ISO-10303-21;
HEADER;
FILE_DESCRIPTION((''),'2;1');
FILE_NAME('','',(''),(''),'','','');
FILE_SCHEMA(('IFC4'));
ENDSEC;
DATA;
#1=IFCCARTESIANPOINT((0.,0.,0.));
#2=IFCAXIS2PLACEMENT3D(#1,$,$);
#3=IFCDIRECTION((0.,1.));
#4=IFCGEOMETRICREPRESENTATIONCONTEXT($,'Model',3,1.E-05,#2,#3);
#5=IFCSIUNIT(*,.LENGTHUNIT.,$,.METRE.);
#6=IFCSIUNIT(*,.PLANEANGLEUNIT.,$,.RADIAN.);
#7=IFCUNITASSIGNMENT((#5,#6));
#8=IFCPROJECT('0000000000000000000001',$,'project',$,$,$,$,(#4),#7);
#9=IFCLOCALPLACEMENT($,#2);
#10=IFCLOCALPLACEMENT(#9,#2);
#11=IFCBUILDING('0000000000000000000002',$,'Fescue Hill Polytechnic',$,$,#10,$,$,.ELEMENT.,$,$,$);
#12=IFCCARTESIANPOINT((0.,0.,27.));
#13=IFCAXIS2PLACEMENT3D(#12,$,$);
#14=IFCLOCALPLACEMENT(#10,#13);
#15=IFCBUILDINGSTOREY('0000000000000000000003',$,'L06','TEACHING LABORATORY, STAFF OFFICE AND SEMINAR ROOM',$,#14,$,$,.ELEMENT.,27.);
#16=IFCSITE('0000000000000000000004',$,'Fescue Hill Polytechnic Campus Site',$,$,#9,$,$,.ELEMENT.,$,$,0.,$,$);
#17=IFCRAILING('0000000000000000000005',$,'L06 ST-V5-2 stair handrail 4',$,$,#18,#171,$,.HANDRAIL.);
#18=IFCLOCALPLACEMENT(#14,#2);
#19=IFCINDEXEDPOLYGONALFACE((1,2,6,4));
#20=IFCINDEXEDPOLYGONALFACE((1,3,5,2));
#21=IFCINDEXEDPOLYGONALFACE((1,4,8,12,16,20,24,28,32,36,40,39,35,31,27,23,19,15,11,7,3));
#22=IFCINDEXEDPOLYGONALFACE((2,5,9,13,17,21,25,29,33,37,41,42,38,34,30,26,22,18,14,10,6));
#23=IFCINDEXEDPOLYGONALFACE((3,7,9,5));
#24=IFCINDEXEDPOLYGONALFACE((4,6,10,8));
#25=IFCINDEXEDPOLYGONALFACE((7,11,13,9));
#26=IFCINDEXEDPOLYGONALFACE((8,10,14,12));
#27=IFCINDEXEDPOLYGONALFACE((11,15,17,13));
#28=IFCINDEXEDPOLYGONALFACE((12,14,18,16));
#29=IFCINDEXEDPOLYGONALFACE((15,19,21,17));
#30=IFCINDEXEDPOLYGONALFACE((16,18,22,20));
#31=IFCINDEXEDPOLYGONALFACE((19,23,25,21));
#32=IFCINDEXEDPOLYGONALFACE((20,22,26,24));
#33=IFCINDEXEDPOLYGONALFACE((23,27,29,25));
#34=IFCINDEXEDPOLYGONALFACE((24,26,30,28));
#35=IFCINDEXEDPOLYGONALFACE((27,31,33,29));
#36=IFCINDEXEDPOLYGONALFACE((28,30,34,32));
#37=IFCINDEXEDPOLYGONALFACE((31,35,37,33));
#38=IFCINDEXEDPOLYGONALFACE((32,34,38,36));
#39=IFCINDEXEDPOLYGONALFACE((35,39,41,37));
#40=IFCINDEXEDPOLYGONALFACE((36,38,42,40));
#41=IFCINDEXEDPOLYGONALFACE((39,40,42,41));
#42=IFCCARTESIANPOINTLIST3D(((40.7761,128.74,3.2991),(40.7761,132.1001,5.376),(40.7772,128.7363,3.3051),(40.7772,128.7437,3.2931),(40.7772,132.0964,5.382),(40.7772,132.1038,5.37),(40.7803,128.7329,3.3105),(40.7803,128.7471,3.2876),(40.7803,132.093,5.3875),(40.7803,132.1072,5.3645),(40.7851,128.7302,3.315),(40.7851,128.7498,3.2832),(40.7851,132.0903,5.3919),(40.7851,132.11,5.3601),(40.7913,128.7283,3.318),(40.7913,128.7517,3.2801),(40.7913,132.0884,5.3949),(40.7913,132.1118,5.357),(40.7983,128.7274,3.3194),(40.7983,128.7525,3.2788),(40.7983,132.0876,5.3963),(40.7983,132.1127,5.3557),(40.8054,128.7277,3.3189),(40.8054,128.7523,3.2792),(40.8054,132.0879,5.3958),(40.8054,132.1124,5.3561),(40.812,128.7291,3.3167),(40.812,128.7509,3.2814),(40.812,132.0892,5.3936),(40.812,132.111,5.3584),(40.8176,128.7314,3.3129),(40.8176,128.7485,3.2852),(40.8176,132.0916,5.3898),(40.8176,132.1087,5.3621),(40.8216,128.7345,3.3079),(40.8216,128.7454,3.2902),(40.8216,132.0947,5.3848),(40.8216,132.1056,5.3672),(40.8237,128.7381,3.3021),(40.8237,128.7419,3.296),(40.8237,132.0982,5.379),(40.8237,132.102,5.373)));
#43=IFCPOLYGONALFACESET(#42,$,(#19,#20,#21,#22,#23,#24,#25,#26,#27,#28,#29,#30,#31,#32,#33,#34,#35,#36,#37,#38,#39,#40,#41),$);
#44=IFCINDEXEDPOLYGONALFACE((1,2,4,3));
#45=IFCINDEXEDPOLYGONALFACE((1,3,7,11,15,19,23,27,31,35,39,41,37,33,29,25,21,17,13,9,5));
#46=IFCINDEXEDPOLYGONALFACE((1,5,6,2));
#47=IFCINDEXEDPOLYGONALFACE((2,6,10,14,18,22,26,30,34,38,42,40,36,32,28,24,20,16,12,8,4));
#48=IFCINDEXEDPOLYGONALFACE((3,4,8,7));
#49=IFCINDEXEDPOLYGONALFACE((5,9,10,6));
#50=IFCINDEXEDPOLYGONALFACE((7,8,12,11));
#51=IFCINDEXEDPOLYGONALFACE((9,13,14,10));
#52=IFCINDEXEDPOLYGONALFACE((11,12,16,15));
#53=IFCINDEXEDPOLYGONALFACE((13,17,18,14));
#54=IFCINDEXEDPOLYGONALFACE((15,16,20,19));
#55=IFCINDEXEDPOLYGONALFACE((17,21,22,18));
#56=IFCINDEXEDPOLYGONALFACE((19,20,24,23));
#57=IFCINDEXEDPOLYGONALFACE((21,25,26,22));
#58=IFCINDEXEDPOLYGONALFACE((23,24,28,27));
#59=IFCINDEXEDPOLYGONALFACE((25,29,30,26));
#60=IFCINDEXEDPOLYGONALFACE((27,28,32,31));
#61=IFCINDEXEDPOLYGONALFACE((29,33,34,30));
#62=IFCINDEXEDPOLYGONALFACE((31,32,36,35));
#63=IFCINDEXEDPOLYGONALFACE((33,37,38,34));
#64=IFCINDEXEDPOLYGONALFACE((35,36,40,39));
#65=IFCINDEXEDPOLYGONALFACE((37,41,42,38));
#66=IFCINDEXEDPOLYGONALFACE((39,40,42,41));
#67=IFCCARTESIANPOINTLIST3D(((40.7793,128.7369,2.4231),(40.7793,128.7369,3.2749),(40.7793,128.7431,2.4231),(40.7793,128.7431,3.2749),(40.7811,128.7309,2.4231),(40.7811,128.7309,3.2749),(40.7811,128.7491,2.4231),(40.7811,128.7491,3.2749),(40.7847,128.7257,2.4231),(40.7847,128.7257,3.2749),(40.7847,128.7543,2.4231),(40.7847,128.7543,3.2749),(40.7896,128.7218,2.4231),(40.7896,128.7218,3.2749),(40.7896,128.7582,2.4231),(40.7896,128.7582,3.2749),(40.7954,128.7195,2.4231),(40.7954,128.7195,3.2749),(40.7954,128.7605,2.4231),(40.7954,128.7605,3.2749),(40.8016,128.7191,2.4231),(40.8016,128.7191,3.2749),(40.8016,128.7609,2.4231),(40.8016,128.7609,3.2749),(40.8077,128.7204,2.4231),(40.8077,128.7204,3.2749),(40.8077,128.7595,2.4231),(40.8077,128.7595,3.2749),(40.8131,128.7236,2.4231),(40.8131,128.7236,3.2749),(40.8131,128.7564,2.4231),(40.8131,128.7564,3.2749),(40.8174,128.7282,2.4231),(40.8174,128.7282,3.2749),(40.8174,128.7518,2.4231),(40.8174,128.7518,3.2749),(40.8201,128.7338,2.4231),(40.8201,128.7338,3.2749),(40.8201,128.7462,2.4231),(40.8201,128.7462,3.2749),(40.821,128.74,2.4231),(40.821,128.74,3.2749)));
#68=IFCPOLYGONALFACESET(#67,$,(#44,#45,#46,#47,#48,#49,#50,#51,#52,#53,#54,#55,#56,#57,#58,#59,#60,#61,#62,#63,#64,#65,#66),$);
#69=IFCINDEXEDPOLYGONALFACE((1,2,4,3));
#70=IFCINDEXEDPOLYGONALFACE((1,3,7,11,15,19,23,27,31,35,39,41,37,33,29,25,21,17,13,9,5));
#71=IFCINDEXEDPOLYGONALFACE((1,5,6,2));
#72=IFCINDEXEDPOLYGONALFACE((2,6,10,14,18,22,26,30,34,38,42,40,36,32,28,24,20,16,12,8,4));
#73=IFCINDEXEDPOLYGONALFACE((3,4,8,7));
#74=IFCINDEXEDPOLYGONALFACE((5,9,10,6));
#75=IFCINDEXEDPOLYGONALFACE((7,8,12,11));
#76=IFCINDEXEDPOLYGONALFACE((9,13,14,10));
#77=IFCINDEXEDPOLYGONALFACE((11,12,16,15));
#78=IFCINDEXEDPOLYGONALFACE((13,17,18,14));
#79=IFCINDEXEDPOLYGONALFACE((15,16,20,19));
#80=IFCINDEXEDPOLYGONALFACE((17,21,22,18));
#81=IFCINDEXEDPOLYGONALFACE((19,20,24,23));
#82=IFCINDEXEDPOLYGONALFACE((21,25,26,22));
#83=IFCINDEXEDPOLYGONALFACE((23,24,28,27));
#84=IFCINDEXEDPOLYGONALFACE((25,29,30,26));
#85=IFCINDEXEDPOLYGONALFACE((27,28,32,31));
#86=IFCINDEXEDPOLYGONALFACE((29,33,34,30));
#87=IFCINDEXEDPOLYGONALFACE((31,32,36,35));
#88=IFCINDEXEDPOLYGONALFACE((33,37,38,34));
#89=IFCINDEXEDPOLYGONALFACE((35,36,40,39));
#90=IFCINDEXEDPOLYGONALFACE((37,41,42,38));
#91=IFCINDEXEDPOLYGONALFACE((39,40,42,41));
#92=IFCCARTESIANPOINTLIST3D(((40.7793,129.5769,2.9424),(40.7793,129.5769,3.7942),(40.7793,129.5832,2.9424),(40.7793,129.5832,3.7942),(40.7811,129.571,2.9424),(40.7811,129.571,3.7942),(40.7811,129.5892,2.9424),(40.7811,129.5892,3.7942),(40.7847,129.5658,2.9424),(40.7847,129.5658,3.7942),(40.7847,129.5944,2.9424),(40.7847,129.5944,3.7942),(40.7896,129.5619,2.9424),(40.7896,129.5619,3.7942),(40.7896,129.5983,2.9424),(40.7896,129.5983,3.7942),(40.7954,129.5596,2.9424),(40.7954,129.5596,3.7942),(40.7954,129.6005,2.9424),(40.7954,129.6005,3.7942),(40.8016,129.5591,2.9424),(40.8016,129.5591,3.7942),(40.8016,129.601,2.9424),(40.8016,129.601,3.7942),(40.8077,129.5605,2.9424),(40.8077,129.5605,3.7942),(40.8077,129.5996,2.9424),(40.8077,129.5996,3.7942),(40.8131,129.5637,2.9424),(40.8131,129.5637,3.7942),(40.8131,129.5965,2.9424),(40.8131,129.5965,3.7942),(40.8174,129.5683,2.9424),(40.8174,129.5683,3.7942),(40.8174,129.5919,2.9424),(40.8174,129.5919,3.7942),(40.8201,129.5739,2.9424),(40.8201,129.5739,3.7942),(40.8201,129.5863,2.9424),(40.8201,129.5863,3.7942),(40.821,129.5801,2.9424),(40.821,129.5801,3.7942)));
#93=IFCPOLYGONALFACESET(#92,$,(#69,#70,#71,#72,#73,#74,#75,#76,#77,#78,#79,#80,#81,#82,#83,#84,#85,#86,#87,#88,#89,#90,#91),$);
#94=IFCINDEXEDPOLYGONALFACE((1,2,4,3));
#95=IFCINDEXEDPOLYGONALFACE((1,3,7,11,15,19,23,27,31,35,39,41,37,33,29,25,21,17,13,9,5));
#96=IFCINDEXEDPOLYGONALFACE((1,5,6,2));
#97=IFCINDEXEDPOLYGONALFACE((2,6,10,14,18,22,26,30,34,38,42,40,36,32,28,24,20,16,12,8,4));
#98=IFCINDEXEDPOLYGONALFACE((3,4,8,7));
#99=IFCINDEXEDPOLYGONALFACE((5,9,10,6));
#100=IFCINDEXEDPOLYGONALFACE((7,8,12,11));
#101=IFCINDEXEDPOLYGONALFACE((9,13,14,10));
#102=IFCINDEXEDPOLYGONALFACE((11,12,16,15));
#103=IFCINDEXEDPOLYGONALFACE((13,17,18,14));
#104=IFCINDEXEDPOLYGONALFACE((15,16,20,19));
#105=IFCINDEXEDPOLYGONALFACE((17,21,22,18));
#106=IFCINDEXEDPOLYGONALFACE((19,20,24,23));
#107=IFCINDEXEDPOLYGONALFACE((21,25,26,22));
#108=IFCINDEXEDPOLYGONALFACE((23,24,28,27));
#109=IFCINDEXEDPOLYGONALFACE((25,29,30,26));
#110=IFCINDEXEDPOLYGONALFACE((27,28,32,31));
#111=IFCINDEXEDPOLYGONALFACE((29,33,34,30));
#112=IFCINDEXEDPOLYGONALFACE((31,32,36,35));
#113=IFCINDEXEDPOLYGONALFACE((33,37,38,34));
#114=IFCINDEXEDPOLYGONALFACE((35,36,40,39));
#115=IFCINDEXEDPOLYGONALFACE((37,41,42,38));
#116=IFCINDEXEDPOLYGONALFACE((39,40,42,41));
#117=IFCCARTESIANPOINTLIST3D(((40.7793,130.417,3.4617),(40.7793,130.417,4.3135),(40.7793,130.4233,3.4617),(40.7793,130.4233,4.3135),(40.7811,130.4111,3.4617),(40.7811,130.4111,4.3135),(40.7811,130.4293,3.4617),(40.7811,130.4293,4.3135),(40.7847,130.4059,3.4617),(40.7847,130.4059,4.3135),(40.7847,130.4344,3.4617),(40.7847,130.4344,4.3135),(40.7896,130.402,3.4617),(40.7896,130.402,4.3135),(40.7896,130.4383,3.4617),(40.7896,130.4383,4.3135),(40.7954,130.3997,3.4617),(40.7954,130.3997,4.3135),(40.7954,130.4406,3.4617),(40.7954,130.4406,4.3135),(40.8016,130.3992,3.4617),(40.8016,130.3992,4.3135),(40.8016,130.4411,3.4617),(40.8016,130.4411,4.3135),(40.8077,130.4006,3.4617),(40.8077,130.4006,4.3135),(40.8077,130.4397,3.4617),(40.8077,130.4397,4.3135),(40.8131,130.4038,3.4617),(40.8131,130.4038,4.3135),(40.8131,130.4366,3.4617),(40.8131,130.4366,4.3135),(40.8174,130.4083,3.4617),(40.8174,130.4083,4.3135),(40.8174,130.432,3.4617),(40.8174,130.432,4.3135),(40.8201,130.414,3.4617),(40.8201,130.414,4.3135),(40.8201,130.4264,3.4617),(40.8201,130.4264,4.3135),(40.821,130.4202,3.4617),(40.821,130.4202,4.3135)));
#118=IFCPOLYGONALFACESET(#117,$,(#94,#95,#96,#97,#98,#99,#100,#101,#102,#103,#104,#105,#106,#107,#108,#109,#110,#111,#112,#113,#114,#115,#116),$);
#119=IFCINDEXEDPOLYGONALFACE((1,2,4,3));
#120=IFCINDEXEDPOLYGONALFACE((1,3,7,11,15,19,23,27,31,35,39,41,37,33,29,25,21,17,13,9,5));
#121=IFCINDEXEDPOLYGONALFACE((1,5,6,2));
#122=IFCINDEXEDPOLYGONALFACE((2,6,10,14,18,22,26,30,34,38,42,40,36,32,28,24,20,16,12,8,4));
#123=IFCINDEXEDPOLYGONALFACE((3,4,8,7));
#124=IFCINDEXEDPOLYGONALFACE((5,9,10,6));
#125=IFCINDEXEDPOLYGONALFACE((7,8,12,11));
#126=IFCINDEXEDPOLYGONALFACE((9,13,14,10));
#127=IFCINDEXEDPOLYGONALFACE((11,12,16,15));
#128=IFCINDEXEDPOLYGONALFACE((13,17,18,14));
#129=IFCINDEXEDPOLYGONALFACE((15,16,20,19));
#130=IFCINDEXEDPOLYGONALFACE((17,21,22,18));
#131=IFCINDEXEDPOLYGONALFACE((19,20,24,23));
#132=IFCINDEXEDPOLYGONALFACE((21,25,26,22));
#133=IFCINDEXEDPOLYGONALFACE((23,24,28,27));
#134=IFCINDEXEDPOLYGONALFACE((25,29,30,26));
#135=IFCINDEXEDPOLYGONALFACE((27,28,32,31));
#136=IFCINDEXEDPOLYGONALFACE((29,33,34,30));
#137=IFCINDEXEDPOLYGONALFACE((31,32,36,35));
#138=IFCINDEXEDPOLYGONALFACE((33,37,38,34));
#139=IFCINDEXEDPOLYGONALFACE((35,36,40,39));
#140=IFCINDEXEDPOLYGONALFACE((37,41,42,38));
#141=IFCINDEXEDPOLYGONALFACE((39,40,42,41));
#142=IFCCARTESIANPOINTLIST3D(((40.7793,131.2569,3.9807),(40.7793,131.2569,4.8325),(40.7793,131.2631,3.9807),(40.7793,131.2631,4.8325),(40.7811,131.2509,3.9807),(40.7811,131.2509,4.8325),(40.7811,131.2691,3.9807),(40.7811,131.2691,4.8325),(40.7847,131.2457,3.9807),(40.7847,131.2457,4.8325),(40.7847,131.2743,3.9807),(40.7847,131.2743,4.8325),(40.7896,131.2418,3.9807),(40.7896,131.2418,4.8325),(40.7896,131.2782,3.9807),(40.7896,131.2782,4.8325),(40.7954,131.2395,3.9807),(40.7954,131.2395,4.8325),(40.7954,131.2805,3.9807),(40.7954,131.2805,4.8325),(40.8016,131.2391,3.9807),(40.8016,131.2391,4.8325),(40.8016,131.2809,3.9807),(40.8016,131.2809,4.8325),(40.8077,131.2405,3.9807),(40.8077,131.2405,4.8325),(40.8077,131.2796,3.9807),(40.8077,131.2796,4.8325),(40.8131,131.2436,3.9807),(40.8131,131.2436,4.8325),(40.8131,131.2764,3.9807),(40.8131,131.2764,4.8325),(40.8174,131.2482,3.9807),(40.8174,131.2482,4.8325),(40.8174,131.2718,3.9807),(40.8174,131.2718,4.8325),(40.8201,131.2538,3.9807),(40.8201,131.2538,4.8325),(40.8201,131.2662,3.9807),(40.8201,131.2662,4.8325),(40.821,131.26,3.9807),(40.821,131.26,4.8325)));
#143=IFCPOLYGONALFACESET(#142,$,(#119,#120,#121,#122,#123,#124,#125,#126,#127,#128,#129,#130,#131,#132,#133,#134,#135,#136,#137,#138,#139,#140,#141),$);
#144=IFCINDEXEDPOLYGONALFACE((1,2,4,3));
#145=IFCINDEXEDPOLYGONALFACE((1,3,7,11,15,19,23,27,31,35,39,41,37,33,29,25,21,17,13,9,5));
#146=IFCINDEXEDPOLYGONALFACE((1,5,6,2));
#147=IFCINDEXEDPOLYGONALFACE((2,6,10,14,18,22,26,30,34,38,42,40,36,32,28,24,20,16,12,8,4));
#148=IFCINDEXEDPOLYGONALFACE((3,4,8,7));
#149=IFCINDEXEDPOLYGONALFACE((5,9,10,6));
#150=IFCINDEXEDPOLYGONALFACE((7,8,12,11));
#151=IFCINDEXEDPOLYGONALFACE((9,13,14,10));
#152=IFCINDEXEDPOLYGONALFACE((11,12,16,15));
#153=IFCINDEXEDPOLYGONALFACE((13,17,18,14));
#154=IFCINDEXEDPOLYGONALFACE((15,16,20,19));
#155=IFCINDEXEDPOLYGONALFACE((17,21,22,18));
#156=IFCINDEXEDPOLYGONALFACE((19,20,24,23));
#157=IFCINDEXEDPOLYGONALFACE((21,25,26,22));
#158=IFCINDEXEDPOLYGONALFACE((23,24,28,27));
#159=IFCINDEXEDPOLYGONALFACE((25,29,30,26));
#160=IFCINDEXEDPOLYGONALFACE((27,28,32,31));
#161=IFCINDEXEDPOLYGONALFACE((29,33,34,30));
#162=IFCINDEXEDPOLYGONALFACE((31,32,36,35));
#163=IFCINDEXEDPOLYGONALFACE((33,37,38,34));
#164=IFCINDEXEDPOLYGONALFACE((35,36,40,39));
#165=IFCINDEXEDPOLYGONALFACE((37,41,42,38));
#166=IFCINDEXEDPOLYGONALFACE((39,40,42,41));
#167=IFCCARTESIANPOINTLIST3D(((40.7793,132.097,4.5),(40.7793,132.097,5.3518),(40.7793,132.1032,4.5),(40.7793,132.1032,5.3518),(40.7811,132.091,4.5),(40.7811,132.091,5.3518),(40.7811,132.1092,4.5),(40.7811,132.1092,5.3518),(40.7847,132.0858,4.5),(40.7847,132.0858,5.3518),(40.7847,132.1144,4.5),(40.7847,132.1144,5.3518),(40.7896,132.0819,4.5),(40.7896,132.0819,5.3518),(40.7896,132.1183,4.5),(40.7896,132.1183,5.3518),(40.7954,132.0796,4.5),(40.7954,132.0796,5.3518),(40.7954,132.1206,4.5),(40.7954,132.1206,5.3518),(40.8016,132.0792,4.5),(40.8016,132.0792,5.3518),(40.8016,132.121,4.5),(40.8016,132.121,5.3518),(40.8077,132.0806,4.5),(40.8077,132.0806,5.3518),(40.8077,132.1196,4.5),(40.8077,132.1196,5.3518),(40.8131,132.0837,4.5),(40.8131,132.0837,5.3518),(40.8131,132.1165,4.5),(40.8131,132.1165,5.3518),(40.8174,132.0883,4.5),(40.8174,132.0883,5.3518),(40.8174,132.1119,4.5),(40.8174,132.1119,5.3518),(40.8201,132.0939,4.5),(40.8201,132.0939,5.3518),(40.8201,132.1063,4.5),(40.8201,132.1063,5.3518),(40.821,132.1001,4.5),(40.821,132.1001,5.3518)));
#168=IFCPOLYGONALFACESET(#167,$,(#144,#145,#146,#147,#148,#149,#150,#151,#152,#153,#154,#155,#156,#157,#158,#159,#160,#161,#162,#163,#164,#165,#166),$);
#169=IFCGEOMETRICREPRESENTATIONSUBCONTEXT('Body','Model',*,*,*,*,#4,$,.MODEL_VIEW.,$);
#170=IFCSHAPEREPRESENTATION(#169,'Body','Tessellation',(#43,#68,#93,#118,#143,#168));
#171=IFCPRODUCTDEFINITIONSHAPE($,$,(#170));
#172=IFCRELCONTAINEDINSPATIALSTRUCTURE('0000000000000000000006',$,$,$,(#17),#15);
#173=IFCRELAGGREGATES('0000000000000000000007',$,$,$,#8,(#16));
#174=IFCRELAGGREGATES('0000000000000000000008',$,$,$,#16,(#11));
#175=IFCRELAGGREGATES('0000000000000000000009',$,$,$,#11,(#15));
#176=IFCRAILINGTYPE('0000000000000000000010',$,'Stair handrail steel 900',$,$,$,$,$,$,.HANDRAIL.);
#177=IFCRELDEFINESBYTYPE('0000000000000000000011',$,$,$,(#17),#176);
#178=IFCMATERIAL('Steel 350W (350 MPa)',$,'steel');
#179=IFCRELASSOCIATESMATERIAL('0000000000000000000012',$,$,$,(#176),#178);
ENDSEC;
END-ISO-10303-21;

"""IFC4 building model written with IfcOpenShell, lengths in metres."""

from ifc_helpers import new_model, si_unit, direction, frame, origin, origin_2d, place, context, subcontext, project, spatial, circle, extrude, material, type_object, element, save


model = new_model("IFC4")

# Units and contexts
model_context = context("Model", 3, precision=1e-05, world=origin(), true_north=direction((0.0, 1.0)))
body_context = subcontext(model_context, "Body", "Model", "MODEL_VIEW")
ifc_project = project(units=[si_unit("LENGTHUNIT", "METRE"), si_unit("PLANEANGLEUNIT", "RADIAN")], contexts=[model_context])

# Site, building, storey
site_placement = place(None, origin())
site = spatial("IfcSite", under=ifc_project, at=site_placement, Name="Fescue Hill Polytechnic Campus Site", CompositionType="ELEMENT", RefElevation=0.0)
building_placement = place(site_placement, origin())
building = spatial("IfcBuilding", under=site, at=building_placement, Name="Fescue Hill Polytechnic", CompositionType="ELEMENT")
storey_placement = place(building_placement, frame((0.0, 0.0, 27.0)))
storey = spatial("IfcBuildingStorey", under=building, at=storey_placement, Name="L06", Description="TEACHING LABORATORY, STAFF OFFICE AND SEMINAR ROOM", CompositionType="ELEMENT", Elevation=27.0)

# Railing
ifc_material_1 = material(Name="Steel 350W (350 MPa)", Category="steel")
railing_type_1 = type_object("IfcRailingType", Name="Stair handrail steel 900", PredefinedType="HANDRAIL", material=ifc_material_1)
railing_1_placement = place(storey_placement, frame((40.8, 128.74, 2.4231)))
element("IfcRailing", 1, at=railing_1_placement, inside=storey, type_object=railing_type_1, Name="L06 ST-V5-2 stair handrail 4", PredefinedType="HANDRAIL", context=body_context, shape_type="SweptSolid", body=[
    extrude(circle(Radius=0.0239, at=origin_2d()), frame((0.0, 0.0, 0.876), z_axis=(0.0, 0.850623, 0.525776), x_axis=(-1.0, 0.0, 0.0)), (0.0, 0.0, 1.0), 3.9502),
    extrude(circle(Radius=0.021, at=origin_2d()), origin(), (0.0, 0.0, 1.0), 0.8518),
    extrude(circle(Radius=0.021, at=origin_2d()), frame((0.0, 0.8401, 0.5193)), (0.0, 0.0, 1.0), 0.8518),
    extrude(circle(Radius=0.021, at=origin_2d()), frame((0.0, 1.6802, 1.0386)), (0.0, 0.0, 1.0), 0.8518),
    extrude(circle(Radius=0.021, at=origin_2d()), frame((0.0, 2.52, 1.5576)), (0.0, 0.0, 1.0), 0.8518),
    extrude(circle(Radius=0.021, at=origin_2d()), frame((0.0, 3.3601, 2.0769)), (0.0, 0.0, 1.0), 0.8518),
])

save(model, "model.ifc")
